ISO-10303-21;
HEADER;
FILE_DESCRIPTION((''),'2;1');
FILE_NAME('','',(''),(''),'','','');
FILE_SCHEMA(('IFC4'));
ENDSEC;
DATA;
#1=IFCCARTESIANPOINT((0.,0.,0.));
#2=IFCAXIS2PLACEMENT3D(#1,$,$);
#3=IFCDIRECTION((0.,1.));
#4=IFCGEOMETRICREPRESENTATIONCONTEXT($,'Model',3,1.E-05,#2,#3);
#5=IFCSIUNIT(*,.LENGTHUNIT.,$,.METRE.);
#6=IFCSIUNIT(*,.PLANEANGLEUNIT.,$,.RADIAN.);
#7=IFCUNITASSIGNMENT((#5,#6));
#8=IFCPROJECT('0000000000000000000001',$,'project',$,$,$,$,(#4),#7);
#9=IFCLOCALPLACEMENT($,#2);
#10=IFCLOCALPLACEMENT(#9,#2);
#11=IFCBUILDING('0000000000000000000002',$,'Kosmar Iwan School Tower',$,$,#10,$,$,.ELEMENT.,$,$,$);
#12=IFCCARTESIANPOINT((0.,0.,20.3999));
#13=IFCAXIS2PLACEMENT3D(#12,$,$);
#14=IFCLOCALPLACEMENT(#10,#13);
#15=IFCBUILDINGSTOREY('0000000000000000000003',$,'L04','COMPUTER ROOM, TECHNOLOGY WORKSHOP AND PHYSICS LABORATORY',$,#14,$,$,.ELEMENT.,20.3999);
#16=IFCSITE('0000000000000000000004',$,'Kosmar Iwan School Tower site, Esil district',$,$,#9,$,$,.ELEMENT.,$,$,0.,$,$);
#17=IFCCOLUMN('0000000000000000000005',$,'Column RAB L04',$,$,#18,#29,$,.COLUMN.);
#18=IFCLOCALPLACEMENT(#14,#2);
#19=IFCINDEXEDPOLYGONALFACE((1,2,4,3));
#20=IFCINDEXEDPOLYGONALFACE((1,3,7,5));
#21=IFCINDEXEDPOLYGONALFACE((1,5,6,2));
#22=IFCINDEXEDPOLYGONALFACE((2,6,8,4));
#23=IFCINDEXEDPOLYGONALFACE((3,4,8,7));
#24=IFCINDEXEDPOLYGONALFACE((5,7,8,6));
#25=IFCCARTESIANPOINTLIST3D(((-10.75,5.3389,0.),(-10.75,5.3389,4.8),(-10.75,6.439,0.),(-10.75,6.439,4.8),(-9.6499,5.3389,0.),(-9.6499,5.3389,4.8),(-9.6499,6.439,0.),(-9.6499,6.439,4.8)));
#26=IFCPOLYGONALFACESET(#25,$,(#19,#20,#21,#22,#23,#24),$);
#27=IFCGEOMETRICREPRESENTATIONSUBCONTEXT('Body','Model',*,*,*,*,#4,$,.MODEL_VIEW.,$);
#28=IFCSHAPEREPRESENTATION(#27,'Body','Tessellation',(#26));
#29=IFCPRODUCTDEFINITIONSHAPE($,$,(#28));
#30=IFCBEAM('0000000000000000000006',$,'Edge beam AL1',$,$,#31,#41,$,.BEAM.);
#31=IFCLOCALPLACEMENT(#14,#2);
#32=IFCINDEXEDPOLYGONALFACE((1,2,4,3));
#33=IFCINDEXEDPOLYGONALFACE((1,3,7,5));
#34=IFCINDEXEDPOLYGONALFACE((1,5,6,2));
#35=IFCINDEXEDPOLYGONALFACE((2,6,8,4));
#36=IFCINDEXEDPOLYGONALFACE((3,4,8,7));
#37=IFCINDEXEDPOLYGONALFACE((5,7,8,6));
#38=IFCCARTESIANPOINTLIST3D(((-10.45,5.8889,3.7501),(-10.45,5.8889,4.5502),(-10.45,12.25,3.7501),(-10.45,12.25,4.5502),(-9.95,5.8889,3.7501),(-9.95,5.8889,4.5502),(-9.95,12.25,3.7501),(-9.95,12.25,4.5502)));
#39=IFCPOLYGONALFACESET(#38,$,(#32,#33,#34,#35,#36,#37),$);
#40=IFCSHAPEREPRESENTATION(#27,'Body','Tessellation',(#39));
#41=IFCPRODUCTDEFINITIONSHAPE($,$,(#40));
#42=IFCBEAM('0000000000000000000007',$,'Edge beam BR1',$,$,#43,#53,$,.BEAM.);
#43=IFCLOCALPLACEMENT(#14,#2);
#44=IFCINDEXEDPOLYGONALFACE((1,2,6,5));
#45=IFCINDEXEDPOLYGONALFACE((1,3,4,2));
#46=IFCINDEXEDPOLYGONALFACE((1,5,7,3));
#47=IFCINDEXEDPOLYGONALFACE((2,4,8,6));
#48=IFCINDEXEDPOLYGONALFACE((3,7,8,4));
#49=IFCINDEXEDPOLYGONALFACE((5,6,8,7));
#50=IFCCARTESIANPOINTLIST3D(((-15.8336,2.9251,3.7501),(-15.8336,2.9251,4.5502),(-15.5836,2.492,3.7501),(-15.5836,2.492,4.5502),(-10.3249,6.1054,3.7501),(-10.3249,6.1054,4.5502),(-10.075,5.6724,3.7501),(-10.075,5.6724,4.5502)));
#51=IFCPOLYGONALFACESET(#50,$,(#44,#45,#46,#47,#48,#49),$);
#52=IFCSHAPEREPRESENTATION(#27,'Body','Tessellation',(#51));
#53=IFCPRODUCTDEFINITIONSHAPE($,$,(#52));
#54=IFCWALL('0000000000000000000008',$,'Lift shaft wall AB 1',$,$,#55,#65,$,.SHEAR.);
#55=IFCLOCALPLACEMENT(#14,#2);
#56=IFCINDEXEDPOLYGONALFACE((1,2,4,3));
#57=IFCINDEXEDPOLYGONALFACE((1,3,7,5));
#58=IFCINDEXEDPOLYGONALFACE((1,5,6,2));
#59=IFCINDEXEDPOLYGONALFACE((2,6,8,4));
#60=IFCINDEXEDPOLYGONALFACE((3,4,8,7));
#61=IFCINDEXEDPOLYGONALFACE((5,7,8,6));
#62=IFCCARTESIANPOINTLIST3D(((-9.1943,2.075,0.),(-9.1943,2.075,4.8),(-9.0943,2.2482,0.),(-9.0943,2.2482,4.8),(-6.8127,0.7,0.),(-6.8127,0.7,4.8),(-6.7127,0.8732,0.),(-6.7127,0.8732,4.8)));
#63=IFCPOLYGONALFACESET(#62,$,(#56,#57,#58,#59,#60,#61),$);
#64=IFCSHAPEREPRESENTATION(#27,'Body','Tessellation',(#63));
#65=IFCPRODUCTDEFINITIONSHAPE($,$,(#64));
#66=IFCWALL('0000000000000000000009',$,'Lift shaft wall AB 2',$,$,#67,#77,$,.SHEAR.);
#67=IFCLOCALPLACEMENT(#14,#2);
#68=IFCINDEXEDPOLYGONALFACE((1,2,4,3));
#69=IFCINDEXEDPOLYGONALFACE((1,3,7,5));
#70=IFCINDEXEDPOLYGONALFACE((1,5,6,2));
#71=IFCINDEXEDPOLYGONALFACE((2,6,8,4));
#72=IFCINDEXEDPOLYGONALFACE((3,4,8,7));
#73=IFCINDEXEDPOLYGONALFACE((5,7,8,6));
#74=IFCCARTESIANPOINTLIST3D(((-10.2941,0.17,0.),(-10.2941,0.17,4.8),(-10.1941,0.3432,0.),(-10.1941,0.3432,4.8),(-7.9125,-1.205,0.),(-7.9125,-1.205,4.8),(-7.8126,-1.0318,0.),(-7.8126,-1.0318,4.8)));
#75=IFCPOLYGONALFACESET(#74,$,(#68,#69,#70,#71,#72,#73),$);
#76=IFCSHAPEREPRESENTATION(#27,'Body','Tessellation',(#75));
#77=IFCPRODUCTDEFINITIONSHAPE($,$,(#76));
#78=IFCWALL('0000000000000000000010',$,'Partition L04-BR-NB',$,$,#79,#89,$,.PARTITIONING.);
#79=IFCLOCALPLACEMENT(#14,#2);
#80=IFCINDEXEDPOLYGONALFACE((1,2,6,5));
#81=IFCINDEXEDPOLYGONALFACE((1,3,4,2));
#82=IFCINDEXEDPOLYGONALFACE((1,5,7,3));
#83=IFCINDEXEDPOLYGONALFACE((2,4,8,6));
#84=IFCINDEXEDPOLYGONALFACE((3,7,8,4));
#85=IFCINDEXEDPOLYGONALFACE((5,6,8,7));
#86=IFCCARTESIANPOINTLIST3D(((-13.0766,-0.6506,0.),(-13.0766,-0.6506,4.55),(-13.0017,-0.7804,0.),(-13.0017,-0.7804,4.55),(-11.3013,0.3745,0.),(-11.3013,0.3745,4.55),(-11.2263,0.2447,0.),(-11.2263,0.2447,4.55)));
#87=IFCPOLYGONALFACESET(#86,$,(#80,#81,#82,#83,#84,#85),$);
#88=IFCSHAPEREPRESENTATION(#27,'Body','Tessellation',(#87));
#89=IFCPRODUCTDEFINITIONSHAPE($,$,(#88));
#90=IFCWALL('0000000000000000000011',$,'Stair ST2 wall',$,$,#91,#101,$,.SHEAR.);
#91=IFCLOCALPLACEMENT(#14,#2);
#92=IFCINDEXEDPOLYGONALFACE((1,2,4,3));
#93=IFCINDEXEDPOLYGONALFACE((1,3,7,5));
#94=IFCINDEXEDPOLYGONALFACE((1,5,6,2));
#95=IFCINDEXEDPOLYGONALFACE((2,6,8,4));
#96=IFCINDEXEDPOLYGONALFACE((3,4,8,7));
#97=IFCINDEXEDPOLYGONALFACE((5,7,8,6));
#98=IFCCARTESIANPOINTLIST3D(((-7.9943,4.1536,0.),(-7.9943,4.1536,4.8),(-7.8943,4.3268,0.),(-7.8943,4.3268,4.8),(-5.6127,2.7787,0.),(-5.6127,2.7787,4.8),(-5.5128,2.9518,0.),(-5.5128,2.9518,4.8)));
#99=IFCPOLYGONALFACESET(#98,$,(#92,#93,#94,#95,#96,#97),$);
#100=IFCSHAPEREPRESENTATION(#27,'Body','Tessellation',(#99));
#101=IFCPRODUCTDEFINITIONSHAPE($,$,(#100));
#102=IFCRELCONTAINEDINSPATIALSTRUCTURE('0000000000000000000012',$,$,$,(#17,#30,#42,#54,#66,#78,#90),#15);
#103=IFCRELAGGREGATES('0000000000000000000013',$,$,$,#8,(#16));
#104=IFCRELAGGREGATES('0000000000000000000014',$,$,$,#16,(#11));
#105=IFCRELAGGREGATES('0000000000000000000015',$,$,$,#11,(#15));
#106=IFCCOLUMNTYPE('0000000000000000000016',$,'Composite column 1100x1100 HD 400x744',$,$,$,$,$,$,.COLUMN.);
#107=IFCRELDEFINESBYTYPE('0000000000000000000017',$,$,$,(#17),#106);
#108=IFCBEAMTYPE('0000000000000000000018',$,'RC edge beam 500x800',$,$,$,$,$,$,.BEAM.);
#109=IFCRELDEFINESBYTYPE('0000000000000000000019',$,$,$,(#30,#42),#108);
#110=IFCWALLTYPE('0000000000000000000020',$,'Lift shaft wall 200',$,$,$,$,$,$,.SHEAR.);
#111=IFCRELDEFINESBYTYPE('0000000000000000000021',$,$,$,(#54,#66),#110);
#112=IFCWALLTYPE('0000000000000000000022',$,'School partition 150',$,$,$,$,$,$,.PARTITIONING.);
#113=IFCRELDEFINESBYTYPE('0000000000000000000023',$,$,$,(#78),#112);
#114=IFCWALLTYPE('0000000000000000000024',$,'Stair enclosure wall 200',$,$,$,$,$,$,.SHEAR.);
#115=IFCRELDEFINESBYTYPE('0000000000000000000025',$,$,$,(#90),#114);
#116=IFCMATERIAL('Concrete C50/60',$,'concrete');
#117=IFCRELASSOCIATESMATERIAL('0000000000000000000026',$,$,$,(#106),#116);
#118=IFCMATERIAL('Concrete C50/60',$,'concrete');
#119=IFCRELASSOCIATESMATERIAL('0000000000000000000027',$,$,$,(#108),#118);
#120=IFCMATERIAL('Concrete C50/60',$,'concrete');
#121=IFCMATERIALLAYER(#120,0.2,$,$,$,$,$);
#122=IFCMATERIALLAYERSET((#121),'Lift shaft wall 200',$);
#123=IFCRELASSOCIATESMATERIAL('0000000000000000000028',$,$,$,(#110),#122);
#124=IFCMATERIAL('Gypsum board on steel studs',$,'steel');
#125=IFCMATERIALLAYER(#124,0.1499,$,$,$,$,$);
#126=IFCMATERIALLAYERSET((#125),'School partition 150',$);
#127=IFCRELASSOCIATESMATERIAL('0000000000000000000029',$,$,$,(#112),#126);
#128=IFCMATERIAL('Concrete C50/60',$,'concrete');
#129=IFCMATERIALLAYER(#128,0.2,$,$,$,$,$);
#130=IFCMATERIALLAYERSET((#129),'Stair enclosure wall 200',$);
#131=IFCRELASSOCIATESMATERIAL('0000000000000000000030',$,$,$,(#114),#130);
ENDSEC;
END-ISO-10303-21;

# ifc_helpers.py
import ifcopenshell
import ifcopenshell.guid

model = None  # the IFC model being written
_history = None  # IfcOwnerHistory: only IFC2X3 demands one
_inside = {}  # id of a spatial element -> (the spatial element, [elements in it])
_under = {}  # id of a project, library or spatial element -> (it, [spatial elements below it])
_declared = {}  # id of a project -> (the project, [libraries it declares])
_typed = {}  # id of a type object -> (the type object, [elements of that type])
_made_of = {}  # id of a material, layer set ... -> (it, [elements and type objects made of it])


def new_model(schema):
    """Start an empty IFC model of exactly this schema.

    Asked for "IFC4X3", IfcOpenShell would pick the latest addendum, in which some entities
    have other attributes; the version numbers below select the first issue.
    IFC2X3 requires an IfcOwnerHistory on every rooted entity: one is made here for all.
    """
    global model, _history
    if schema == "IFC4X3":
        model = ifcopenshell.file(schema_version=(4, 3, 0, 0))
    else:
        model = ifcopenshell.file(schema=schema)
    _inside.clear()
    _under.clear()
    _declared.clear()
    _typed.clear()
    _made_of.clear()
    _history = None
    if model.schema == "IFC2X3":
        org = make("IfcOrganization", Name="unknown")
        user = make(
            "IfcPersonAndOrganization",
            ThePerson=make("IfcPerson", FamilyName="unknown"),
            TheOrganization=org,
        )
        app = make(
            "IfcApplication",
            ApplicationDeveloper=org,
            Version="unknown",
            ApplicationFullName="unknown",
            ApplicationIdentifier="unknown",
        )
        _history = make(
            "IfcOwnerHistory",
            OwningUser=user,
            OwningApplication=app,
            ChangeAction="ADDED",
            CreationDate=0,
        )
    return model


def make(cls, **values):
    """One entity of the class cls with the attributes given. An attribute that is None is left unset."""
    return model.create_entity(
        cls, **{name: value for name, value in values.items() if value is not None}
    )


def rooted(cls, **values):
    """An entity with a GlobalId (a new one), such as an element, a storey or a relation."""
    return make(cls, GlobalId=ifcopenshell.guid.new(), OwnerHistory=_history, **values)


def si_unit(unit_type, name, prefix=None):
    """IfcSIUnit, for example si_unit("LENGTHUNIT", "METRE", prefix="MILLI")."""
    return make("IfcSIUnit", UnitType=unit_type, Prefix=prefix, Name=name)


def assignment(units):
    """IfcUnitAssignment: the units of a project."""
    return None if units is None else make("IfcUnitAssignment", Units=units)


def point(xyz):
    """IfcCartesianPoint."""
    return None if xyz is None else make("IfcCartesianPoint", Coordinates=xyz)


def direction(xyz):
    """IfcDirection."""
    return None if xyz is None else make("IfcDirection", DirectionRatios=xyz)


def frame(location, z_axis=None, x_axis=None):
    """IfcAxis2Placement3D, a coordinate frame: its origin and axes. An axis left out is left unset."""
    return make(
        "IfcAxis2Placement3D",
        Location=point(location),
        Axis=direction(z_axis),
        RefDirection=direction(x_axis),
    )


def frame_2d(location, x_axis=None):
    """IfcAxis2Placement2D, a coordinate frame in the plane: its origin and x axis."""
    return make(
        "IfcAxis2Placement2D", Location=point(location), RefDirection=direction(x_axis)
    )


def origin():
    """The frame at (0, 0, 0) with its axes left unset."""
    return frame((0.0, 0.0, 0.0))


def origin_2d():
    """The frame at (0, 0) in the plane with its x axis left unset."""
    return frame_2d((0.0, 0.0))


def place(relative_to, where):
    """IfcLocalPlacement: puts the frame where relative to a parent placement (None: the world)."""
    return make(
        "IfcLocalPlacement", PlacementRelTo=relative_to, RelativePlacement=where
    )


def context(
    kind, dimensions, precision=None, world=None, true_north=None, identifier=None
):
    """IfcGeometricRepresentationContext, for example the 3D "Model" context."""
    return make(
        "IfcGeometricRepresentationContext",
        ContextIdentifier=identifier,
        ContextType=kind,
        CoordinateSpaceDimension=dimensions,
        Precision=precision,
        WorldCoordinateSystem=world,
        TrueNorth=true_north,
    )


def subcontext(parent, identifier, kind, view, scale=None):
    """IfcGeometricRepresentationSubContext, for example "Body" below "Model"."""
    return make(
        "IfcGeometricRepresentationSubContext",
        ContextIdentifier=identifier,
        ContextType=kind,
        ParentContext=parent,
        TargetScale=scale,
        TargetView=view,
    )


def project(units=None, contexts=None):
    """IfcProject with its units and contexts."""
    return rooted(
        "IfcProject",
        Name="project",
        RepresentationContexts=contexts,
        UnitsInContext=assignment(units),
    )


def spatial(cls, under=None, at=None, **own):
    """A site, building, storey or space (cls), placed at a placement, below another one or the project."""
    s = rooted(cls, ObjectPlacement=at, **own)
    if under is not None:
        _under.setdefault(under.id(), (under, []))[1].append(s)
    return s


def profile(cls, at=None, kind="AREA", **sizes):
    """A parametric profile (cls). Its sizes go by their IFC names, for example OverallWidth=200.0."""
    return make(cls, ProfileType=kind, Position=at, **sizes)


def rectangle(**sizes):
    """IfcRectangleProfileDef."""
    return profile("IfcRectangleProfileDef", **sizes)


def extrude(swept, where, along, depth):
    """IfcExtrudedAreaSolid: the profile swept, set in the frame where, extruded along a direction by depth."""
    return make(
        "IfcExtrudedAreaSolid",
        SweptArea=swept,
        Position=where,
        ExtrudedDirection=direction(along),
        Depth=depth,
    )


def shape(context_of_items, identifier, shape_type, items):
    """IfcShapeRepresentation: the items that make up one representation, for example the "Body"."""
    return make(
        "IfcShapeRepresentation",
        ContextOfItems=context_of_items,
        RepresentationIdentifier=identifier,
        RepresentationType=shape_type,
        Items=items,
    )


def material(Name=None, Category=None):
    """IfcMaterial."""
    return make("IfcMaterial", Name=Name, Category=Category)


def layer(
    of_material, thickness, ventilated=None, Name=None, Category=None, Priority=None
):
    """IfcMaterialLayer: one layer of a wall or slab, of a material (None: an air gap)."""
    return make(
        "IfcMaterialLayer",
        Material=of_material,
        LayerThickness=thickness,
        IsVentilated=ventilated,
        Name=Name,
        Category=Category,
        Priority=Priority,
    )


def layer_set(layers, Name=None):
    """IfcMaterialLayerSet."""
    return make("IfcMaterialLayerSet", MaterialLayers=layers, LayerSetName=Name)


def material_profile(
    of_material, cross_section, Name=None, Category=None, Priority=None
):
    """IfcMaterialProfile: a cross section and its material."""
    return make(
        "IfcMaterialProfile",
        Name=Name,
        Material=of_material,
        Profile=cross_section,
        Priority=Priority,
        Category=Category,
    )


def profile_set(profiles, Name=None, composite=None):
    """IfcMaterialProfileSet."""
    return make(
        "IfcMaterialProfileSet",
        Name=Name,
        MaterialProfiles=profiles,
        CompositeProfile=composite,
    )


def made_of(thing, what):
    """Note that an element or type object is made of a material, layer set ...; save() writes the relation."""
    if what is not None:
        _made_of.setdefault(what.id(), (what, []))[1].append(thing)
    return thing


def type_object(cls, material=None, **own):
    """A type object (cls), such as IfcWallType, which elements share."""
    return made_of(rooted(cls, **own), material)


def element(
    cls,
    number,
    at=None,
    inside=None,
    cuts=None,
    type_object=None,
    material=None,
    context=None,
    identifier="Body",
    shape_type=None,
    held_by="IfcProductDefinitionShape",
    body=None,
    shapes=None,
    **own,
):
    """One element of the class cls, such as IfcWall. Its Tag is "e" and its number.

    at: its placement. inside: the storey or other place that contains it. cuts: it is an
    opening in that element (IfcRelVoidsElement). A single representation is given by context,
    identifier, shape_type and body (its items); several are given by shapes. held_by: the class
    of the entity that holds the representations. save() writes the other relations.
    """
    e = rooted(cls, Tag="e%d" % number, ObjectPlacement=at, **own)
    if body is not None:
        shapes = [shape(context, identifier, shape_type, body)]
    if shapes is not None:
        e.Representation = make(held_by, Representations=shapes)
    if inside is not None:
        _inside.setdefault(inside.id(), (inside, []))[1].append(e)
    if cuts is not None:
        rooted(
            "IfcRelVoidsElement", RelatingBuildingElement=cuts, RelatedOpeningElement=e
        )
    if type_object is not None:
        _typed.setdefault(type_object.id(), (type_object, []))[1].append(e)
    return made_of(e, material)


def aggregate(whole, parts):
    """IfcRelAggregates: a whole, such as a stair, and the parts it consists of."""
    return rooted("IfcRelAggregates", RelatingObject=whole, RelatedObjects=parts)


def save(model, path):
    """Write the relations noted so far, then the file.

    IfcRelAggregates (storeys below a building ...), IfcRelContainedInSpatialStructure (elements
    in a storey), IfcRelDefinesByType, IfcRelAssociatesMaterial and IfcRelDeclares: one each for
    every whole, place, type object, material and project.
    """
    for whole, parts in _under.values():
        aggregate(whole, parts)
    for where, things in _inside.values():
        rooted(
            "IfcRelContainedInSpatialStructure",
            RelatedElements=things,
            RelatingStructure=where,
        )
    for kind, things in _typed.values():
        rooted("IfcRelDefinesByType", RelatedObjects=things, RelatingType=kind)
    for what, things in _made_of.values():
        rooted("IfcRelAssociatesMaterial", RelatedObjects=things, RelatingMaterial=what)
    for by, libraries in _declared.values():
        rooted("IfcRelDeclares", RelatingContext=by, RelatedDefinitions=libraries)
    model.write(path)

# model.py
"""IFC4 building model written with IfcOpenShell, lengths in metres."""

from ifc_helpers import new_model, si_unit, direction, frame, frame_2d, origin, origin_2d, place, context, subcontext, project, spatial, rectangle, extrude, material, layer, layer_set, material_profile, profile_set, type_object, element, save


model = new_model("IFC4")

# Units and contexts
model_context = context("Model", 3, precision=1e-05, world=origin(), true_north=direction((0.0, 1.0)))
body_context = subcontext(model_context, "Body", "Model", "MODEL_VIEW")
ifc_project = project(units=[si_unit("LENGTHUNIT", "METRE"), si_unit("PLANEANGLEUNIT", "RADIAN")], contexts=[model_context])

# Site, building, storey
site_placement = place(None, origin())
site = spatial("IfcSite", under=ifc_project, at=site_placement, Name="Kosmar Iwan School Tower site, Esil district", CompositionType="ELEMENT", RefElevation=0.0)
building_placement = place(site_placement, origin())
building = spatial("IfcBuilding", under=site, at=building_placement, Name="Kosmar Iwan School Tower", CompositionType="ELEMENT")
storey_placement = place(building_placement, frame((0.0, 0.0, 20.3999)))
storey = spatial("IfcBuildingStorey", under=building, at=storey_placement, Name="L04", Description="COMPUTER ROOM, TECHNOLOGY WORKSHOP AND PHYSICS LABORATORY", CompositionType="ELEMENT", Elevation=20.3999)

# Column
ifc_material_1 = material(Name="Concrete C50/60", Category="concrete")
ifc_material_profile_1 = material_profile(ifc_material_1, rectangle(XDim=1.1001, YDim=1.1001, at=origin_2d()), Name="RC 1100x1100 + HD 400x744")
ifc_profile_set_1 = profile_set([ifc_material_profile_1], Name="Concrete C50/60")
column_type = type_object("IfcColumnType", Name="Composite column 1100x1100 HD 400x744", PredefinedType="COLUMN", material=ifc_profile_set_1)
column_placement = place(storey_placement, frame((-10.2, 5.8889, 0.0), z_axis=(0.0, 0.0, 1.0), x_axis=(1.0, 0.0, 0.0)))
element("IfcColumn", 1, at=column_placement, inside=storey, type_object=column_type, Name="Column RAB L04", PredefinedType="COLUMN", context=body_context, shape_type="SweptSolid", body=[
    extrude(rectangle(XDim=1.1001, YDim=1.1001, at=origin_2d()), origin(), (0.0, 0.0, 1.0), 4.8),
])

# Beams
ifc_material_2 = material(Name="Concrete C50/60", Category="concrete")
ifc_material_profile_2 = material_profile(ifc_material_2, rectangle(XDim=0.5, YDim=0.8, at=origin_2d()), Name="RC 500x800")
ifc_profile_set_2 = profile_set([ifc_material_profile_2], Name="Concrete C50/60")
beam_type = type_object("IfcBeamType", Name="RC edge beam 500x800", PredefinedType="BEAM", material=ifc_profile_set_2)
beam_1_placement = place(storey_placement, frame((-10.2, 5.8889, 4.1501), z_axis=(0.0, 1.0, 0.0), x_axis=(-1.0, 0.0, 0.0)))
element("IfcBeam", 2, at=beam_1_placement, inside=storey, type_object=beam_type, Name="Edge beam AL1", PredefinedType="BEAM", context=body_context, shape_type="SweptSolid", body=[
    extrude(rectangle(XDim=0.5, YDim=0.8, at=origin_2d()), origin(), (0.0, 0.0, 1.0), 6.3611),
])
beam_2_placement = place(storey_placement, frame((-10.2, 5.8889, 4.1501), z_axis=(-0.866031, -0.49999, 0.0), x_axis=(0.49999, -0.866031, 0.0)))
element("IfcBeam", 3, at=beam_2_placement, inside=storey, type_object=beam_type, Name="Edge beam BR1", PredefinedType="BEAM", context=body_context, shape_type="SweptSolid", body=[
    extrude(rectangle(XDim=0.5, YDim=0.8, at=origin_2d()), origin(), (0.0, 0.0, 1.0), 6.3608),
])

# Walls
ifc_material_3 = material(Name="Concrete C50/60", Category="concrete")
ifc_layer_1 = layer(ifc_material_3, 0.2)
ifc_layer_set_1 = layer_set([ifc_layer_1], Name="Lift shaft wall 200")
wall_type_1 = type_object("IfcWallType", Name="Lift shaft wall 200", PredefinedType="SHEAR", material=ifc_layer_set_1)
for number, where, z_axis, x_axis, name in (
    (4, (-6.7627, 0.7866, 0.0), (0.0, 0.0, 1.0), (-0.866027, 0.499997, 0.0), "Lift shaft wall AB 1"),
    (5, (-7.8625, -1.1184, 0.0), (0.0, 0.0, 1.0), (-0.866027, 0.499997, 0.0), "Lift shaft wall AB 2"),
):
    element("IfcWall", number, at=place(storey_placement, frame(where, z_axis=z_axis, x_axis=x_axis)), inside=storey, type_object=wall_type_1, Name=name, PredefinedType="SHEAR", context=body_context, shape_type="SweptSolid", body=[
        extrude(rectangle(XDim=2.75, YDim=0.2, at=frame_2d((1.375, 0.0))), origin(), (0.0, 0.0, 1.0), 4.8),
    ])
ifc_material_4 = material(Name="Gypsum board on steel studs", Category="steel")
ifc_layer_2 = layer(ifc_material_4, 0.1499)
ifc_layer_set_2 = layer_set([ifc_layer_2], Name="School partition 150")
wall_type_2 = type_object("IfcWallType", Name="School partition 150", PredefinedType="PARTITIONING", material=ifc_layer_set_2)
wall_1_placement = place(storey_placement, frame((-11.2639, 0.3096, 0.0), z_axis=(0.0, 0.0, 1.0), x_axis=(-0.865999, -0.500045, 0.0)))
element("IfcWall", 6, at=wall_1_placement, inside=storey, type_object=wall_type_2, Name="Partition L04-BR-NB", PredefinedType="PARTITIONING", context=body_context, shape_type="SweptSolid", body=[
    extrude(rectangle(XDim=2.05, YDim=0.1499, at=frame_2d((1.0249, 0.0))), origin(), (0.0, 0.0, 1.0), 4.55),
])
ifc_material_5 = material(Name="Concrete C50/60", Category="concrete")
ifc_layer_3 = layer(ifc_material_5, 0.2)
ifc_layer_set_3 = layer_set([ifc_layer_3], Name="Stair enclosure wall 200")
wall_type_3 = type_object("IfcWallType", Name="Stair enclosure wall 200", PredefinedType="SHEAR", material=ifc_layer_set_3)
wall_2_placement = place(storey_placement, frame((-5.5627, 2.8652, 0.0), z_axis=(0.0, 0.0, 1.0), x_axis=(-0.866027, 0.499997, 0.0)))
element("IfcWall", 7, at=wall_2_placement, inside=storey, type_object=wall_type_3, Name="Stair ST2 wall", PredefinedType="SHEAR", context=body_context, shape_type="SweptSolid", body=[
    extrude(rectangle(XDim=2.75, YDim=0.2, at=frame_2d((1.375, 0.0))), origin(), (0.0, 0.0, 1.0), 4.8),
])

save(model, "model.ifc")
